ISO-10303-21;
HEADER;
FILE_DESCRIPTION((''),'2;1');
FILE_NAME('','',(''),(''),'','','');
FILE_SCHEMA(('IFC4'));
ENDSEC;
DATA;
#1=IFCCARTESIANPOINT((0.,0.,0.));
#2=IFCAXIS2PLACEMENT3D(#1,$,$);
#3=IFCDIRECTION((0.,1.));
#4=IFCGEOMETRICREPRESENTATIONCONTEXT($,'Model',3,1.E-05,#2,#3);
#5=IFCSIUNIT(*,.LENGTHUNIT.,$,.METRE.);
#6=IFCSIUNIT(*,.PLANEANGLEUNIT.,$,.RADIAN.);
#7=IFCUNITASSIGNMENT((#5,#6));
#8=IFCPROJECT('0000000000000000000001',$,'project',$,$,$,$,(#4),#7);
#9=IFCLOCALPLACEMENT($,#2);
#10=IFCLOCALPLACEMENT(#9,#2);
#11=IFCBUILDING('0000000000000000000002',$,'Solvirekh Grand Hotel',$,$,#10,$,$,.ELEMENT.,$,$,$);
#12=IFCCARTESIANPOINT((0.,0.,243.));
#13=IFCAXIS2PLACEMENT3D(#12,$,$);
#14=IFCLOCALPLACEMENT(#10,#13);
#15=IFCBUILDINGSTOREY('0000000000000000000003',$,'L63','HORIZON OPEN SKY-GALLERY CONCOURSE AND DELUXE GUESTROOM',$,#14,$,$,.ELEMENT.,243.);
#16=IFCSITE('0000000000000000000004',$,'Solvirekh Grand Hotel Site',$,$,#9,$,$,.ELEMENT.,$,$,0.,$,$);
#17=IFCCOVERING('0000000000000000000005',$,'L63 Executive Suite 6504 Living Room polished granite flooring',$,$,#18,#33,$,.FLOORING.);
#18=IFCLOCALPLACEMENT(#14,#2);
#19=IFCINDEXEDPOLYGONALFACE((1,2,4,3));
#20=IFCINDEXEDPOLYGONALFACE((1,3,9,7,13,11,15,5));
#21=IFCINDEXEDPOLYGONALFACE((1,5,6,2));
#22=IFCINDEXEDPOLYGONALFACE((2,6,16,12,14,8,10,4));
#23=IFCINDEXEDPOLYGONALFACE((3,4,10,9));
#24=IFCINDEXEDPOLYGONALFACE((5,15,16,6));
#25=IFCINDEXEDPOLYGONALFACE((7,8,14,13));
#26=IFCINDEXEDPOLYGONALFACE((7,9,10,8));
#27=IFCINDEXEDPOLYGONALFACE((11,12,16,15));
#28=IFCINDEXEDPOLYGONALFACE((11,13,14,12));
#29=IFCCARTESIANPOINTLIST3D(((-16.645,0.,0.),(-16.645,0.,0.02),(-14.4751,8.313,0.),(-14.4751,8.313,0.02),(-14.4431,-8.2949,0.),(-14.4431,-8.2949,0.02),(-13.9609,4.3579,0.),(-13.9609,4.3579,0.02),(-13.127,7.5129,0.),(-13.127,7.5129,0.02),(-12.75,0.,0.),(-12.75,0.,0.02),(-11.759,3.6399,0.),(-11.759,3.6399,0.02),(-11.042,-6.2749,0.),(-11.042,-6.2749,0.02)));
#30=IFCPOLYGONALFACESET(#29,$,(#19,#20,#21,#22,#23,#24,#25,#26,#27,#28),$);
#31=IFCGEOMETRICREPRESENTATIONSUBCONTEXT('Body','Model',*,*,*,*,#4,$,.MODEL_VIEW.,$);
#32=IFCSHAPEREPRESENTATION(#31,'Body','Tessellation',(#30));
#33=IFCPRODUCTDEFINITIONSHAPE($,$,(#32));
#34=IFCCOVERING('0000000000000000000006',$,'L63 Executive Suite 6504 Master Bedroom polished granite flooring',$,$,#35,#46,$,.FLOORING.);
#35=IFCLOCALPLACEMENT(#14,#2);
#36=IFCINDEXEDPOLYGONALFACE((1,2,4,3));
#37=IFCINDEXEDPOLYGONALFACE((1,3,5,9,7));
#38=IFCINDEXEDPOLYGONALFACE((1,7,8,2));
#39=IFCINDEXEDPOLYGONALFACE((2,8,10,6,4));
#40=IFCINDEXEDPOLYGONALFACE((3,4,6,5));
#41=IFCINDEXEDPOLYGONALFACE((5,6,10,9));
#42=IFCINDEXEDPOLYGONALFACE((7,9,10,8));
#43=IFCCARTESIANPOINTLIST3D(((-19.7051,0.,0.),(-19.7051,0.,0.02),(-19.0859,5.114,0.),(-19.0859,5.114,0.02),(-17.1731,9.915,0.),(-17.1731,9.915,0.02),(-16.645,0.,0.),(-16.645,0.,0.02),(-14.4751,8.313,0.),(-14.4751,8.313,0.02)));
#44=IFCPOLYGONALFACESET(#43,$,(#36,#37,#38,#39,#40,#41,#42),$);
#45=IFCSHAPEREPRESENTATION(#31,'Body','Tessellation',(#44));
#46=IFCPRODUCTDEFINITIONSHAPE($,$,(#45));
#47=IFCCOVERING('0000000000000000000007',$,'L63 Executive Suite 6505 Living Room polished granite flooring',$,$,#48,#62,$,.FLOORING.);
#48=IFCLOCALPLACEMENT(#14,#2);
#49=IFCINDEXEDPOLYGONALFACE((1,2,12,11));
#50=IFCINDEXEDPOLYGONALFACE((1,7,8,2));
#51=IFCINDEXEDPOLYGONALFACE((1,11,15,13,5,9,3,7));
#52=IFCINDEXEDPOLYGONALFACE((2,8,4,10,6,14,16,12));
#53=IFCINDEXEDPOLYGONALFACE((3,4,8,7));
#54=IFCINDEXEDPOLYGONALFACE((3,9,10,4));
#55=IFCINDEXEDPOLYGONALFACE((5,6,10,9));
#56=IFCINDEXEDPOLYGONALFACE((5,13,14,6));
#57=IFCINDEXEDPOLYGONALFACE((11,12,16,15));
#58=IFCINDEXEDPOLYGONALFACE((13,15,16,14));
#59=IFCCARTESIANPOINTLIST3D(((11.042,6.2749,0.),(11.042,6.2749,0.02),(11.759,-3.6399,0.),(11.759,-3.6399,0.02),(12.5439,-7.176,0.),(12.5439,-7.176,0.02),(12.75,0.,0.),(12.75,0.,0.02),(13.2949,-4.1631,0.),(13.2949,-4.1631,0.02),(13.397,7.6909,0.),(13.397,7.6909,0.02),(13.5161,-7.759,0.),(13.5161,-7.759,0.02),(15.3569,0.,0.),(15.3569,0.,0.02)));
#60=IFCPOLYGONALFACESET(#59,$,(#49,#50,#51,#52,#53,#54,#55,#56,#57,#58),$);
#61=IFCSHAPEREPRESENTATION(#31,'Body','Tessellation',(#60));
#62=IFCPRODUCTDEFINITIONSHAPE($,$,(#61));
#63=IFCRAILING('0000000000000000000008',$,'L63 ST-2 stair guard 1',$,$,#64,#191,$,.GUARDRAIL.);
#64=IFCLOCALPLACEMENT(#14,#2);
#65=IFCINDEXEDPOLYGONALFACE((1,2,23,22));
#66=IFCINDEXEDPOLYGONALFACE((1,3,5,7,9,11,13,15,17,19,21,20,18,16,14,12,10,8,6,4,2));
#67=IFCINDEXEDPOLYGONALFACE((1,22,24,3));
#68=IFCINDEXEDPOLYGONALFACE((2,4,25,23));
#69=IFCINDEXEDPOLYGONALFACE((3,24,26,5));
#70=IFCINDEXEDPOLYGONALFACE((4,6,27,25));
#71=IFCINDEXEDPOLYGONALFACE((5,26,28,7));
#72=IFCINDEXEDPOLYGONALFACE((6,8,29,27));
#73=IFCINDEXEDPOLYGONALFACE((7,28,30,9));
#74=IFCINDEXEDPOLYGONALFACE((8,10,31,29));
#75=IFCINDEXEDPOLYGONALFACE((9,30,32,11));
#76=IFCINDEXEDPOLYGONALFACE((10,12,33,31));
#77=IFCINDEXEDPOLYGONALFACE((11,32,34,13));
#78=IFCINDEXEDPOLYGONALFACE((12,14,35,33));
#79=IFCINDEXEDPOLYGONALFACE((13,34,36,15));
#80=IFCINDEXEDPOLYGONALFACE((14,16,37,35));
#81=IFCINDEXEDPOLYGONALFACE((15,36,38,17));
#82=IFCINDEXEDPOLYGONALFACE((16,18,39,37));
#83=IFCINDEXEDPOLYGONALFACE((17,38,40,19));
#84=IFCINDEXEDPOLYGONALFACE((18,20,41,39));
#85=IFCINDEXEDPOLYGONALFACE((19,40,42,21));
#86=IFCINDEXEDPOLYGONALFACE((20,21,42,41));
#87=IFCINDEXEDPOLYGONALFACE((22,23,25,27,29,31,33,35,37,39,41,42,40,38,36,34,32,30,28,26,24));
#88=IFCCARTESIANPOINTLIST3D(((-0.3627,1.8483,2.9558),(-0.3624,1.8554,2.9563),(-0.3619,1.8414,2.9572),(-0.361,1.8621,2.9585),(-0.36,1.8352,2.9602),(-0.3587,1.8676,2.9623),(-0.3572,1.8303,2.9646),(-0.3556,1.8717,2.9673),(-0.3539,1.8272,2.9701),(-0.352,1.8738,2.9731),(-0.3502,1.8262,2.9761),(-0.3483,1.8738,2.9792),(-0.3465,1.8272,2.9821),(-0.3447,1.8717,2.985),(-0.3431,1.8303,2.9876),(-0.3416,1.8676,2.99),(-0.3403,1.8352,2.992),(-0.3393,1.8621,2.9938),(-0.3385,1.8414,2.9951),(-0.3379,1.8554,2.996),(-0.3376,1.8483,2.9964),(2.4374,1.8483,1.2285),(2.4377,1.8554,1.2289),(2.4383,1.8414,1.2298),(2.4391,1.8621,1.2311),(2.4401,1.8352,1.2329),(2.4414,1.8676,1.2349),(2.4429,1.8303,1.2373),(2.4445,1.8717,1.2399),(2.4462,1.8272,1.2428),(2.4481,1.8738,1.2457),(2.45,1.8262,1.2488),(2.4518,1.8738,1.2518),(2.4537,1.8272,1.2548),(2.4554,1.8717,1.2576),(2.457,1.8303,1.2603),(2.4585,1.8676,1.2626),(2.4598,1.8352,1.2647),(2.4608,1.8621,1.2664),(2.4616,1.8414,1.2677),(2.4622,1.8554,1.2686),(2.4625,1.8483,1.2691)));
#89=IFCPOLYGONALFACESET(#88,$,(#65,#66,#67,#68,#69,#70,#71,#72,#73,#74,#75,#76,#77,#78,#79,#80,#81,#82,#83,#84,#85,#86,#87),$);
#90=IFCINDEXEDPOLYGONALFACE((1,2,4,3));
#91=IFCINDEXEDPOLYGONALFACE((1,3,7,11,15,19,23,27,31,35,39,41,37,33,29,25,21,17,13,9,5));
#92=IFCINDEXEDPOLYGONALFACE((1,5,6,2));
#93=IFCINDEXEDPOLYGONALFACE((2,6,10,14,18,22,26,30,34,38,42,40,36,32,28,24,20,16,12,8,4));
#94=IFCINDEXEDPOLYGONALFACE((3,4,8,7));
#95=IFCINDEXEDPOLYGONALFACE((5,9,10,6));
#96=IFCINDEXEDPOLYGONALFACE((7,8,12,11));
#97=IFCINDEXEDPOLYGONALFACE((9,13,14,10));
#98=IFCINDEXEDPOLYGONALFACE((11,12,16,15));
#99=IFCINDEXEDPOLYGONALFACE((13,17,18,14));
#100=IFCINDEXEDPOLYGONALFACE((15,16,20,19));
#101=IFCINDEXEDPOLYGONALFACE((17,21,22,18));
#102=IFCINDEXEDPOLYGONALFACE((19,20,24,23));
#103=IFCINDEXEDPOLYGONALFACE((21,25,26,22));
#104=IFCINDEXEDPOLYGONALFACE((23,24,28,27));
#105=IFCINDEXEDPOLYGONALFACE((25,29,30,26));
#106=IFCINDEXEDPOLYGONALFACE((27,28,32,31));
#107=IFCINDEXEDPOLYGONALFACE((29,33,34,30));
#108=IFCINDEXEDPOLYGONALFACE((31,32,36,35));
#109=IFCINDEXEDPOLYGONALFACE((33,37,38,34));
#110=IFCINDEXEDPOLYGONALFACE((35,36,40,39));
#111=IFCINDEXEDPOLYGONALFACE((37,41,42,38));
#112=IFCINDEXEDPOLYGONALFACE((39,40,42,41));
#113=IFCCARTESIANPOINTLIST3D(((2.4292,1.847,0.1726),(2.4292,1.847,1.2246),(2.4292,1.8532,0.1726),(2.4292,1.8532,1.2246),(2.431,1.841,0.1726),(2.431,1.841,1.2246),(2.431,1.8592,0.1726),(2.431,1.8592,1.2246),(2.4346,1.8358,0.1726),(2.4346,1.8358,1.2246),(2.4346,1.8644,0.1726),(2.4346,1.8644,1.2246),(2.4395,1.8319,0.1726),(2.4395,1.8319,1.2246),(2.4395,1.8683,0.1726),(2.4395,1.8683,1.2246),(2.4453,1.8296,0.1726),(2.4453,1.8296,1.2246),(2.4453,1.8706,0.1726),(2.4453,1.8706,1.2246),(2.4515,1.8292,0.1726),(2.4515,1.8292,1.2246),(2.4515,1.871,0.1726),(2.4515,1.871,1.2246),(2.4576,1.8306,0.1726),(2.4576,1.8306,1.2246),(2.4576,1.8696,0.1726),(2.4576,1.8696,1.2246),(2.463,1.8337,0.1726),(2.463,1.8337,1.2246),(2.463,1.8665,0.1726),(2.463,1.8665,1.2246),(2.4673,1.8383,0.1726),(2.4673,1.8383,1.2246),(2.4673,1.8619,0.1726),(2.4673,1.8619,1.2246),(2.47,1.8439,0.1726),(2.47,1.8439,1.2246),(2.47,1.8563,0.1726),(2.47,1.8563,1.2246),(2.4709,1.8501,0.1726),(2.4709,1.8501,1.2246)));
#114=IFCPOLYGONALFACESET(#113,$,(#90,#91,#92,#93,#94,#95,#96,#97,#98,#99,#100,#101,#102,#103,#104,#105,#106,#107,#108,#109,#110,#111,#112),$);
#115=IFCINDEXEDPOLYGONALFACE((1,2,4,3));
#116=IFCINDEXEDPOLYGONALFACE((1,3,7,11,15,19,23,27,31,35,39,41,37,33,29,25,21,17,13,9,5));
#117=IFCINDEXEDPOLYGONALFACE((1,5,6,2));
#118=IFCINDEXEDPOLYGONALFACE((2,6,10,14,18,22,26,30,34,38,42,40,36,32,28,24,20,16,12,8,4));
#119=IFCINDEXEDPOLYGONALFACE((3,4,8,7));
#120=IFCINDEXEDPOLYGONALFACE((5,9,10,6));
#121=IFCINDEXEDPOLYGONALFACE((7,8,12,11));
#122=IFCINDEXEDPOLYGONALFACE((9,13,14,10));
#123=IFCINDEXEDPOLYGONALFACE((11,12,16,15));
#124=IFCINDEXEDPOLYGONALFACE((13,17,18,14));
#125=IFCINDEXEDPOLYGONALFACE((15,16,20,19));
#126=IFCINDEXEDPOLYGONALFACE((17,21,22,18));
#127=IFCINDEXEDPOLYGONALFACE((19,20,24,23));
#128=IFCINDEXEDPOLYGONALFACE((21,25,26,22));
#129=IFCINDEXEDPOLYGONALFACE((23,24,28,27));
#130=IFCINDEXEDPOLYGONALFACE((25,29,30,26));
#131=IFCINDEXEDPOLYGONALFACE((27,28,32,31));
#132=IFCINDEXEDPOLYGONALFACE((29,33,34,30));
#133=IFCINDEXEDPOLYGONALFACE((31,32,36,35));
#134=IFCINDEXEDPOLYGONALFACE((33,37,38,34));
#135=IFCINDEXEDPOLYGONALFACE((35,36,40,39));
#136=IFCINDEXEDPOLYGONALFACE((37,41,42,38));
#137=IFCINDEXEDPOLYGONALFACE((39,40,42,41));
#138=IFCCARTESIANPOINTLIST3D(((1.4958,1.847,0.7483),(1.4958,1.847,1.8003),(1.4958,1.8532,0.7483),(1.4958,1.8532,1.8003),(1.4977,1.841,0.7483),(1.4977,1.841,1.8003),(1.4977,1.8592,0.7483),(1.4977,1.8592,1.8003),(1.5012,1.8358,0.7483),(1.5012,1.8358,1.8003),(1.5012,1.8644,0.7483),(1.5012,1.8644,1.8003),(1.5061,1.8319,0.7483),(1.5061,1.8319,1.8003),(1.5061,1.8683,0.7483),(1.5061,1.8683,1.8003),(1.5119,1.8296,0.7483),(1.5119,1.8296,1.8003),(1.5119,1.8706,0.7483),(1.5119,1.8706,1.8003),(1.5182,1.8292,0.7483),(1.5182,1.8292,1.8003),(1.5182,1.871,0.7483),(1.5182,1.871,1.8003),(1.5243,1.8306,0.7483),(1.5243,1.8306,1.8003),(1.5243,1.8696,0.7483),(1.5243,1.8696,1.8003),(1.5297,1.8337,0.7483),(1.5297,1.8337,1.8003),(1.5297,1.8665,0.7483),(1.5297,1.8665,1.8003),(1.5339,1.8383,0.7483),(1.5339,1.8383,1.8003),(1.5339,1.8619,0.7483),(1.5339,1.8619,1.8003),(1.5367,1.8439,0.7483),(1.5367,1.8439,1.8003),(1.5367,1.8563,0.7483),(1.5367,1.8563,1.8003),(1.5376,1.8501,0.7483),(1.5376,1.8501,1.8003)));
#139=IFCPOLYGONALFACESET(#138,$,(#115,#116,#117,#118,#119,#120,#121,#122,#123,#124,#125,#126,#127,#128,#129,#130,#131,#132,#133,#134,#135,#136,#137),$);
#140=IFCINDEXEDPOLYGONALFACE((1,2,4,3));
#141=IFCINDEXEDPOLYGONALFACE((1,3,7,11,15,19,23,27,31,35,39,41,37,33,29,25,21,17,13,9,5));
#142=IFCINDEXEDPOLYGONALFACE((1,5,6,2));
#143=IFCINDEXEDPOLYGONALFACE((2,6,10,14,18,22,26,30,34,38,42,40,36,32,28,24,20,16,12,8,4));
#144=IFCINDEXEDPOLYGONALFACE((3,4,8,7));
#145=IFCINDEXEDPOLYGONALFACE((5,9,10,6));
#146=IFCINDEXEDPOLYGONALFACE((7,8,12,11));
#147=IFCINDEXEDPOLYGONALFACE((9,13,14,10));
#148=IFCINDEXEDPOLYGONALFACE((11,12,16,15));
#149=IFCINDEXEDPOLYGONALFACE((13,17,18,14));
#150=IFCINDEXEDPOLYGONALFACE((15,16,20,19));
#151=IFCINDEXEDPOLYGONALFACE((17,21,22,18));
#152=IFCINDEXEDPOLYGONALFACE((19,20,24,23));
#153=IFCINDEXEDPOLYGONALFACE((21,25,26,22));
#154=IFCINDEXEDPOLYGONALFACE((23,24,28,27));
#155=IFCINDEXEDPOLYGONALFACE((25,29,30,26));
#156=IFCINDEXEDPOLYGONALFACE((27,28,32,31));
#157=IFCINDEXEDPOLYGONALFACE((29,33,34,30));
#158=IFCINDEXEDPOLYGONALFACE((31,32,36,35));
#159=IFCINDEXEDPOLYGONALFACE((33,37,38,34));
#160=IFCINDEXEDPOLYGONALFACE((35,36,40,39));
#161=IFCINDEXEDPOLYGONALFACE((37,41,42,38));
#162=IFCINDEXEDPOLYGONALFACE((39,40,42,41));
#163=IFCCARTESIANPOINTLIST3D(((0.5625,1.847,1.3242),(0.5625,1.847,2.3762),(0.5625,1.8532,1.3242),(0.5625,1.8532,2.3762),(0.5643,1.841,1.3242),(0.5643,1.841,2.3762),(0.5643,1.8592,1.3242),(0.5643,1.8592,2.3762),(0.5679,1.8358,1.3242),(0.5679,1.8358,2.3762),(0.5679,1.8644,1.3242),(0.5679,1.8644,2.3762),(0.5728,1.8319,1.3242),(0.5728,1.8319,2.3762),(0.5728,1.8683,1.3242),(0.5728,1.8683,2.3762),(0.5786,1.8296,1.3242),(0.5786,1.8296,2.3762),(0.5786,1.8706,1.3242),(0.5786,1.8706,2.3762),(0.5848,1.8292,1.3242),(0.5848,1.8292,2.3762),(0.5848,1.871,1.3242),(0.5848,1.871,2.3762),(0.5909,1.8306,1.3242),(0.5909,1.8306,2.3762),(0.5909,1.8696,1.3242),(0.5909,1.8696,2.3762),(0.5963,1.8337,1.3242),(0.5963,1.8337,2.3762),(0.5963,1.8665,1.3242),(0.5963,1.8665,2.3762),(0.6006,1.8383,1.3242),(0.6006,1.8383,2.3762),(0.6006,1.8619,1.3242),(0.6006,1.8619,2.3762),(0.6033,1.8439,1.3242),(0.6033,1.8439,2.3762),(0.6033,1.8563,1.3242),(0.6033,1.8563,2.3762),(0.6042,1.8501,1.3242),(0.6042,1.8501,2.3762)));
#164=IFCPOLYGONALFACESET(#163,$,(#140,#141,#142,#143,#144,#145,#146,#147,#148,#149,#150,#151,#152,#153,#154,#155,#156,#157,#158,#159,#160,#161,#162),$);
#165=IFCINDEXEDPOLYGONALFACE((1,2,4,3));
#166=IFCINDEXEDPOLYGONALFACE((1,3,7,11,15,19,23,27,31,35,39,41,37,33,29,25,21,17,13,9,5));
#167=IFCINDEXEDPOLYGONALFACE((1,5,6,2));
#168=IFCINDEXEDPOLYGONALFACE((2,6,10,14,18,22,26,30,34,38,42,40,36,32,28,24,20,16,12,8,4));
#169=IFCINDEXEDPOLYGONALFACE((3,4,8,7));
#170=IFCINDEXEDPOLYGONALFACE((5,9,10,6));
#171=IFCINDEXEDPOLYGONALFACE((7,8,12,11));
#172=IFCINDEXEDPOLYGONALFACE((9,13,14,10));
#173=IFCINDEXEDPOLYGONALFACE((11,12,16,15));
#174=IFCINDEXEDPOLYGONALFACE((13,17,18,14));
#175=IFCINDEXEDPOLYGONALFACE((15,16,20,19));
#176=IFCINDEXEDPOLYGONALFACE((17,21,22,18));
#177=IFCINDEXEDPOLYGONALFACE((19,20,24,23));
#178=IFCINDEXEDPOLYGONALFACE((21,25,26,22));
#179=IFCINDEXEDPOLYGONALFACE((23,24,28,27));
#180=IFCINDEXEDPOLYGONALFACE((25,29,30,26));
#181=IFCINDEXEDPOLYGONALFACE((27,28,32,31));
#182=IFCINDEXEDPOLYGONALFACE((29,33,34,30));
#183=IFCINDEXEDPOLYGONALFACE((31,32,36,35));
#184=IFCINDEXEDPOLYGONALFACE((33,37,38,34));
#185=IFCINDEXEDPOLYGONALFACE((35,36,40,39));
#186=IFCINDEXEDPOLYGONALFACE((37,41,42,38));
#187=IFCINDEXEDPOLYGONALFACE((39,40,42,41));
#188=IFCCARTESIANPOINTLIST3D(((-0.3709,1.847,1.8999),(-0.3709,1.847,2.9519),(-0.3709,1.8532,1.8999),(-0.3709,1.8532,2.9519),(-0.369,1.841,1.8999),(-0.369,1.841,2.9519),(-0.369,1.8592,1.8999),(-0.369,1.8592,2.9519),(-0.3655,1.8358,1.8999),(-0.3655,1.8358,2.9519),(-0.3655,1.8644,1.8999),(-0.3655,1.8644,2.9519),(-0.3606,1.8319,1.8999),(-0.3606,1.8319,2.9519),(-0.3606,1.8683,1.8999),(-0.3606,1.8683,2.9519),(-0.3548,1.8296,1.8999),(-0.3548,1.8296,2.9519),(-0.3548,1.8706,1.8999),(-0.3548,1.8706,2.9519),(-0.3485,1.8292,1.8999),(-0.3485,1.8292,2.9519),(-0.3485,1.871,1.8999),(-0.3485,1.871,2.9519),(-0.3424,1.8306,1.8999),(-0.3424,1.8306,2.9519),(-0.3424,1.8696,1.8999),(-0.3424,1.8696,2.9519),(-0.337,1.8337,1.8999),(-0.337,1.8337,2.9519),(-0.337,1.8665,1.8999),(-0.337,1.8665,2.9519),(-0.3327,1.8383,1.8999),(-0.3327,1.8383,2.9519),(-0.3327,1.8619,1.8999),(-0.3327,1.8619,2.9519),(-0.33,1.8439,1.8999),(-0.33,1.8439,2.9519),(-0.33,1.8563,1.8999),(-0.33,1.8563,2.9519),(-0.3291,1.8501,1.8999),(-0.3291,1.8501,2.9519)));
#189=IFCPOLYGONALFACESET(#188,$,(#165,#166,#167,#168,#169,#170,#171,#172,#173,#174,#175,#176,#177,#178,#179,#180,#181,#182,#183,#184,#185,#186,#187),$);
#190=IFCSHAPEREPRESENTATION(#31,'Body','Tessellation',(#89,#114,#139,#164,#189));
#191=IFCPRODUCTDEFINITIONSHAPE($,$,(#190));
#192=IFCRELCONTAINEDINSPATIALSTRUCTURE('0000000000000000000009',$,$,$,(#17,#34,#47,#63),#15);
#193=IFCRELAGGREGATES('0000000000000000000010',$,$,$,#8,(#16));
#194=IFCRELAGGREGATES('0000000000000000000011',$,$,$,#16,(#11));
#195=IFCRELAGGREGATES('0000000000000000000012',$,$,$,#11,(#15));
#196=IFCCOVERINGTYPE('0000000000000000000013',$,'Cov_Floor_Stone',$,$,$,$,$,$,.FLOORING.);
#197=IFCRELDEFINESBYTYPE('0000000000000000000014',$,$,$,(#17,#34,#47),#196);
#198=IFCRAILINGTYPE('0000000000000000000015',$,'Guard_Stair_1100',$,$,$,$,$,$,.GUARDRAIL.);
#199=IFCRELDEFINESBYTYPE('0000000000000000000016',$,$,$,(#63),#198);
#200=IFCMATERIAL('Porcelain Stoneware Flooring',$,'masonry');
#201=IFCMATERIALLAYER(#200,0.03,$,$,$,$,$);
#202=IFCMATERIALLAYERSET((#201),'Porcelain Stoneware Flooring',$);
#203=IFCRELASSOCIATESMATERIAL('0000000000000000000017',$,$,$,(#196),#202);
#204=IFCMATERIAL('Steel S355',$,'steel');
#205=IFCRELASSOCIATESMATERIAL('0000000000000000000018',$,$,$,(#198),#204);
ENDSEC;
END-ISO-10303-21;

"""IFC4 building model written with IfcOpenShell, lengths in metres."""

from ifc_helpers import new_model, si_unit, direction, frame, origin, origin_2d, place, context, subcontext, project, spatial, polyline, circle, outline, extrude, material, layer, layer_set, type_object, element, save


model = new_model("IFC4")

# Units and contexts
model_context = context("Model", 3, precision=1e-05, world=origin(), true_north=direction((0.0, 1.0)))
body_context = subcontext(model_context, "Body", "Model", "MODEL_VIEW")
ifc_project = project(units=[si_unit("LENGTHUNIT", "METRE"), si_unit("PLANEANGLEUNIT", "RADIAN")], contexts=[model_context])

# Site, building, storey
site_placement = place(None, origin())
site = spatial("IfcSite", under=ifc_project, at=site_placement, Name="Solvirekh Grand Hotel Site", CompositionType="ELEMENT", RefElevation=0.0)
building_placement = place(site_placement, origin())
building = spatial("IfcBuilding", under=site, at=building_placement, Name="Solvirekh Grand Hotel", CompositionType="ELEMENT")
storey_placement = place(building_placement, frame((0.0, 0.0, 243.0)))
storey = spatial("IfcBuildingStorey", under=building, at=storey_placement, Name="L63", Description="HORIZON OPEN SKY-GALLERY CONCOURSE AND DELUXE GUESTROOM", CompositionType="ELEMENT", Elevation=243.0)

# Shared definitions
ifc_material_1 = material(Name="Steel S355", Category="steel")

# Coverings
ifc_material_2 = material(Name="Porcelain Stoneware Flooring", Category="masonry")
ifc_layer_1 = layer(ifc_material_2, 0.03)
ifc_layer_set_1 = layer_set([ifc_layer_1], Name="Porcelain Stoneware Flooring")
covering_type_1 = type_object("IfcCoveringType", Name="Cov_Floor_Stone", PredefinedType="FLOORING", material=ifc_layer_set_1)
covering_1_placement = place(storey_placement, origin())
element("IfcCovering", 1, at=covering_1_placement, inside=storey, type_object=covering_type_1, Name="L63 Executive Suite 6504 Living Room polished granite flooring", PredefinedType="FLOORING", context=body_context, shape_type="SweptSolid", body=[
    extrude(outline(polyline([(-13.9609, 4.3579), (-13.127, 7.5129), (-14.4751, 8.313), (-16.645, 0.0), (-14.4431, -8.2949), (-11.042, -6.2749), (-12.75, 0.0), (-11.759, 3.6399), (-13.9609, 4.3579)])), origin(), (0.0, 0.0, 1.0), 0.02),
])
covering_2_placement = place(storey_placement, origin())
element("IfcCovering", 2, at=covering_2_placement, inside=storey, type_object=covering_type_1, Name="L63 Executive Suite 6504 Master Bedroom polished granite flooring", PredefinedType="FLOORING", context=body_context, shape_type="SweptSolid", body=[
    extrude(outline(polyline([(-17.1731, 9.915), (-19.0859, 5.114), (-19.7051, 0.0), (-16.645, 0.0), (-14.4751, 8.313), (-17.1731, 9.915)])), origin(), (0.0, 0.0, 1.0), 0.02),
])
covering_3_placement = place(storey_placement, origin())
element("IfcCovering", 3, at=covering_3_placement, inside=storey, type_object=covering_type_1, Name="L63 Executive Suite 6505 Living Room polished granite flooring", PredefinedType="FLOORING", context=body_context, shape_type="SweptSolid", body=[
    extrude(outline(polyline([(13.2949, -4.1631), (12.5439, -7.176), (13.5161, -7.759), (15.3569, 0.0), (13.397, 7.6909), (11.042, 6.2749), (12.75, 0.0), (11.759, -3.6399), (13.2949, -4.1631)])), origin(), (0.0, 0.0, 1.0), 0.02),
])

# Railing
railing_type_1 = type_object("IfcRailingType", Name="Guard_Stair_1100", PredefinedType="GUARDRAIL", material=ifc_material_1)
railing_1_placement = place(storey_placement, frame((2.45, 1.8501, 0.1726)))
element("IfcRailing", 4, at=railing_1_placement, inside=storey, type_object=railing_type_1, Name="L63 ST-2 stair guard 1", PredefinedType="GUARDRAIL", context=body_context, shape_type="SweptSolid", body=[
    extrude(circle(Radius=0.0239, at=origin_2d()), frame((0.0, 0.0, 1.0762), z_axis=(-0.85109, 0.0, 0.52502), x_axis=(0.0, -1.0, 0.0)), (0.0, 0.0, 1.0), 3.29),
    extrude(circle(Radius=0.021, at=origin_2d()), origin(), (0.0, 0.0, 1.0), 1.052),
    extrude(circle(Radius=0.021, at=origin_2d()), frame((-0.9333, 0.0, 0.5757)), (0.0, 0.0, 1.0), 1.052),
    extrude(circle(Radius=0.021, at=origin_2d()), frame((-1.8667, 0.0, 1.1516)), (0.0, 0.0, 1.0), 1.052),
    extrude(circle(Radius=0.021, at=origin_2d()), frame((-2.8, 0.0, 1.7273)), (0.0, 0.0, 1.0), 1.052),
])

save(model, "model.ifc")
